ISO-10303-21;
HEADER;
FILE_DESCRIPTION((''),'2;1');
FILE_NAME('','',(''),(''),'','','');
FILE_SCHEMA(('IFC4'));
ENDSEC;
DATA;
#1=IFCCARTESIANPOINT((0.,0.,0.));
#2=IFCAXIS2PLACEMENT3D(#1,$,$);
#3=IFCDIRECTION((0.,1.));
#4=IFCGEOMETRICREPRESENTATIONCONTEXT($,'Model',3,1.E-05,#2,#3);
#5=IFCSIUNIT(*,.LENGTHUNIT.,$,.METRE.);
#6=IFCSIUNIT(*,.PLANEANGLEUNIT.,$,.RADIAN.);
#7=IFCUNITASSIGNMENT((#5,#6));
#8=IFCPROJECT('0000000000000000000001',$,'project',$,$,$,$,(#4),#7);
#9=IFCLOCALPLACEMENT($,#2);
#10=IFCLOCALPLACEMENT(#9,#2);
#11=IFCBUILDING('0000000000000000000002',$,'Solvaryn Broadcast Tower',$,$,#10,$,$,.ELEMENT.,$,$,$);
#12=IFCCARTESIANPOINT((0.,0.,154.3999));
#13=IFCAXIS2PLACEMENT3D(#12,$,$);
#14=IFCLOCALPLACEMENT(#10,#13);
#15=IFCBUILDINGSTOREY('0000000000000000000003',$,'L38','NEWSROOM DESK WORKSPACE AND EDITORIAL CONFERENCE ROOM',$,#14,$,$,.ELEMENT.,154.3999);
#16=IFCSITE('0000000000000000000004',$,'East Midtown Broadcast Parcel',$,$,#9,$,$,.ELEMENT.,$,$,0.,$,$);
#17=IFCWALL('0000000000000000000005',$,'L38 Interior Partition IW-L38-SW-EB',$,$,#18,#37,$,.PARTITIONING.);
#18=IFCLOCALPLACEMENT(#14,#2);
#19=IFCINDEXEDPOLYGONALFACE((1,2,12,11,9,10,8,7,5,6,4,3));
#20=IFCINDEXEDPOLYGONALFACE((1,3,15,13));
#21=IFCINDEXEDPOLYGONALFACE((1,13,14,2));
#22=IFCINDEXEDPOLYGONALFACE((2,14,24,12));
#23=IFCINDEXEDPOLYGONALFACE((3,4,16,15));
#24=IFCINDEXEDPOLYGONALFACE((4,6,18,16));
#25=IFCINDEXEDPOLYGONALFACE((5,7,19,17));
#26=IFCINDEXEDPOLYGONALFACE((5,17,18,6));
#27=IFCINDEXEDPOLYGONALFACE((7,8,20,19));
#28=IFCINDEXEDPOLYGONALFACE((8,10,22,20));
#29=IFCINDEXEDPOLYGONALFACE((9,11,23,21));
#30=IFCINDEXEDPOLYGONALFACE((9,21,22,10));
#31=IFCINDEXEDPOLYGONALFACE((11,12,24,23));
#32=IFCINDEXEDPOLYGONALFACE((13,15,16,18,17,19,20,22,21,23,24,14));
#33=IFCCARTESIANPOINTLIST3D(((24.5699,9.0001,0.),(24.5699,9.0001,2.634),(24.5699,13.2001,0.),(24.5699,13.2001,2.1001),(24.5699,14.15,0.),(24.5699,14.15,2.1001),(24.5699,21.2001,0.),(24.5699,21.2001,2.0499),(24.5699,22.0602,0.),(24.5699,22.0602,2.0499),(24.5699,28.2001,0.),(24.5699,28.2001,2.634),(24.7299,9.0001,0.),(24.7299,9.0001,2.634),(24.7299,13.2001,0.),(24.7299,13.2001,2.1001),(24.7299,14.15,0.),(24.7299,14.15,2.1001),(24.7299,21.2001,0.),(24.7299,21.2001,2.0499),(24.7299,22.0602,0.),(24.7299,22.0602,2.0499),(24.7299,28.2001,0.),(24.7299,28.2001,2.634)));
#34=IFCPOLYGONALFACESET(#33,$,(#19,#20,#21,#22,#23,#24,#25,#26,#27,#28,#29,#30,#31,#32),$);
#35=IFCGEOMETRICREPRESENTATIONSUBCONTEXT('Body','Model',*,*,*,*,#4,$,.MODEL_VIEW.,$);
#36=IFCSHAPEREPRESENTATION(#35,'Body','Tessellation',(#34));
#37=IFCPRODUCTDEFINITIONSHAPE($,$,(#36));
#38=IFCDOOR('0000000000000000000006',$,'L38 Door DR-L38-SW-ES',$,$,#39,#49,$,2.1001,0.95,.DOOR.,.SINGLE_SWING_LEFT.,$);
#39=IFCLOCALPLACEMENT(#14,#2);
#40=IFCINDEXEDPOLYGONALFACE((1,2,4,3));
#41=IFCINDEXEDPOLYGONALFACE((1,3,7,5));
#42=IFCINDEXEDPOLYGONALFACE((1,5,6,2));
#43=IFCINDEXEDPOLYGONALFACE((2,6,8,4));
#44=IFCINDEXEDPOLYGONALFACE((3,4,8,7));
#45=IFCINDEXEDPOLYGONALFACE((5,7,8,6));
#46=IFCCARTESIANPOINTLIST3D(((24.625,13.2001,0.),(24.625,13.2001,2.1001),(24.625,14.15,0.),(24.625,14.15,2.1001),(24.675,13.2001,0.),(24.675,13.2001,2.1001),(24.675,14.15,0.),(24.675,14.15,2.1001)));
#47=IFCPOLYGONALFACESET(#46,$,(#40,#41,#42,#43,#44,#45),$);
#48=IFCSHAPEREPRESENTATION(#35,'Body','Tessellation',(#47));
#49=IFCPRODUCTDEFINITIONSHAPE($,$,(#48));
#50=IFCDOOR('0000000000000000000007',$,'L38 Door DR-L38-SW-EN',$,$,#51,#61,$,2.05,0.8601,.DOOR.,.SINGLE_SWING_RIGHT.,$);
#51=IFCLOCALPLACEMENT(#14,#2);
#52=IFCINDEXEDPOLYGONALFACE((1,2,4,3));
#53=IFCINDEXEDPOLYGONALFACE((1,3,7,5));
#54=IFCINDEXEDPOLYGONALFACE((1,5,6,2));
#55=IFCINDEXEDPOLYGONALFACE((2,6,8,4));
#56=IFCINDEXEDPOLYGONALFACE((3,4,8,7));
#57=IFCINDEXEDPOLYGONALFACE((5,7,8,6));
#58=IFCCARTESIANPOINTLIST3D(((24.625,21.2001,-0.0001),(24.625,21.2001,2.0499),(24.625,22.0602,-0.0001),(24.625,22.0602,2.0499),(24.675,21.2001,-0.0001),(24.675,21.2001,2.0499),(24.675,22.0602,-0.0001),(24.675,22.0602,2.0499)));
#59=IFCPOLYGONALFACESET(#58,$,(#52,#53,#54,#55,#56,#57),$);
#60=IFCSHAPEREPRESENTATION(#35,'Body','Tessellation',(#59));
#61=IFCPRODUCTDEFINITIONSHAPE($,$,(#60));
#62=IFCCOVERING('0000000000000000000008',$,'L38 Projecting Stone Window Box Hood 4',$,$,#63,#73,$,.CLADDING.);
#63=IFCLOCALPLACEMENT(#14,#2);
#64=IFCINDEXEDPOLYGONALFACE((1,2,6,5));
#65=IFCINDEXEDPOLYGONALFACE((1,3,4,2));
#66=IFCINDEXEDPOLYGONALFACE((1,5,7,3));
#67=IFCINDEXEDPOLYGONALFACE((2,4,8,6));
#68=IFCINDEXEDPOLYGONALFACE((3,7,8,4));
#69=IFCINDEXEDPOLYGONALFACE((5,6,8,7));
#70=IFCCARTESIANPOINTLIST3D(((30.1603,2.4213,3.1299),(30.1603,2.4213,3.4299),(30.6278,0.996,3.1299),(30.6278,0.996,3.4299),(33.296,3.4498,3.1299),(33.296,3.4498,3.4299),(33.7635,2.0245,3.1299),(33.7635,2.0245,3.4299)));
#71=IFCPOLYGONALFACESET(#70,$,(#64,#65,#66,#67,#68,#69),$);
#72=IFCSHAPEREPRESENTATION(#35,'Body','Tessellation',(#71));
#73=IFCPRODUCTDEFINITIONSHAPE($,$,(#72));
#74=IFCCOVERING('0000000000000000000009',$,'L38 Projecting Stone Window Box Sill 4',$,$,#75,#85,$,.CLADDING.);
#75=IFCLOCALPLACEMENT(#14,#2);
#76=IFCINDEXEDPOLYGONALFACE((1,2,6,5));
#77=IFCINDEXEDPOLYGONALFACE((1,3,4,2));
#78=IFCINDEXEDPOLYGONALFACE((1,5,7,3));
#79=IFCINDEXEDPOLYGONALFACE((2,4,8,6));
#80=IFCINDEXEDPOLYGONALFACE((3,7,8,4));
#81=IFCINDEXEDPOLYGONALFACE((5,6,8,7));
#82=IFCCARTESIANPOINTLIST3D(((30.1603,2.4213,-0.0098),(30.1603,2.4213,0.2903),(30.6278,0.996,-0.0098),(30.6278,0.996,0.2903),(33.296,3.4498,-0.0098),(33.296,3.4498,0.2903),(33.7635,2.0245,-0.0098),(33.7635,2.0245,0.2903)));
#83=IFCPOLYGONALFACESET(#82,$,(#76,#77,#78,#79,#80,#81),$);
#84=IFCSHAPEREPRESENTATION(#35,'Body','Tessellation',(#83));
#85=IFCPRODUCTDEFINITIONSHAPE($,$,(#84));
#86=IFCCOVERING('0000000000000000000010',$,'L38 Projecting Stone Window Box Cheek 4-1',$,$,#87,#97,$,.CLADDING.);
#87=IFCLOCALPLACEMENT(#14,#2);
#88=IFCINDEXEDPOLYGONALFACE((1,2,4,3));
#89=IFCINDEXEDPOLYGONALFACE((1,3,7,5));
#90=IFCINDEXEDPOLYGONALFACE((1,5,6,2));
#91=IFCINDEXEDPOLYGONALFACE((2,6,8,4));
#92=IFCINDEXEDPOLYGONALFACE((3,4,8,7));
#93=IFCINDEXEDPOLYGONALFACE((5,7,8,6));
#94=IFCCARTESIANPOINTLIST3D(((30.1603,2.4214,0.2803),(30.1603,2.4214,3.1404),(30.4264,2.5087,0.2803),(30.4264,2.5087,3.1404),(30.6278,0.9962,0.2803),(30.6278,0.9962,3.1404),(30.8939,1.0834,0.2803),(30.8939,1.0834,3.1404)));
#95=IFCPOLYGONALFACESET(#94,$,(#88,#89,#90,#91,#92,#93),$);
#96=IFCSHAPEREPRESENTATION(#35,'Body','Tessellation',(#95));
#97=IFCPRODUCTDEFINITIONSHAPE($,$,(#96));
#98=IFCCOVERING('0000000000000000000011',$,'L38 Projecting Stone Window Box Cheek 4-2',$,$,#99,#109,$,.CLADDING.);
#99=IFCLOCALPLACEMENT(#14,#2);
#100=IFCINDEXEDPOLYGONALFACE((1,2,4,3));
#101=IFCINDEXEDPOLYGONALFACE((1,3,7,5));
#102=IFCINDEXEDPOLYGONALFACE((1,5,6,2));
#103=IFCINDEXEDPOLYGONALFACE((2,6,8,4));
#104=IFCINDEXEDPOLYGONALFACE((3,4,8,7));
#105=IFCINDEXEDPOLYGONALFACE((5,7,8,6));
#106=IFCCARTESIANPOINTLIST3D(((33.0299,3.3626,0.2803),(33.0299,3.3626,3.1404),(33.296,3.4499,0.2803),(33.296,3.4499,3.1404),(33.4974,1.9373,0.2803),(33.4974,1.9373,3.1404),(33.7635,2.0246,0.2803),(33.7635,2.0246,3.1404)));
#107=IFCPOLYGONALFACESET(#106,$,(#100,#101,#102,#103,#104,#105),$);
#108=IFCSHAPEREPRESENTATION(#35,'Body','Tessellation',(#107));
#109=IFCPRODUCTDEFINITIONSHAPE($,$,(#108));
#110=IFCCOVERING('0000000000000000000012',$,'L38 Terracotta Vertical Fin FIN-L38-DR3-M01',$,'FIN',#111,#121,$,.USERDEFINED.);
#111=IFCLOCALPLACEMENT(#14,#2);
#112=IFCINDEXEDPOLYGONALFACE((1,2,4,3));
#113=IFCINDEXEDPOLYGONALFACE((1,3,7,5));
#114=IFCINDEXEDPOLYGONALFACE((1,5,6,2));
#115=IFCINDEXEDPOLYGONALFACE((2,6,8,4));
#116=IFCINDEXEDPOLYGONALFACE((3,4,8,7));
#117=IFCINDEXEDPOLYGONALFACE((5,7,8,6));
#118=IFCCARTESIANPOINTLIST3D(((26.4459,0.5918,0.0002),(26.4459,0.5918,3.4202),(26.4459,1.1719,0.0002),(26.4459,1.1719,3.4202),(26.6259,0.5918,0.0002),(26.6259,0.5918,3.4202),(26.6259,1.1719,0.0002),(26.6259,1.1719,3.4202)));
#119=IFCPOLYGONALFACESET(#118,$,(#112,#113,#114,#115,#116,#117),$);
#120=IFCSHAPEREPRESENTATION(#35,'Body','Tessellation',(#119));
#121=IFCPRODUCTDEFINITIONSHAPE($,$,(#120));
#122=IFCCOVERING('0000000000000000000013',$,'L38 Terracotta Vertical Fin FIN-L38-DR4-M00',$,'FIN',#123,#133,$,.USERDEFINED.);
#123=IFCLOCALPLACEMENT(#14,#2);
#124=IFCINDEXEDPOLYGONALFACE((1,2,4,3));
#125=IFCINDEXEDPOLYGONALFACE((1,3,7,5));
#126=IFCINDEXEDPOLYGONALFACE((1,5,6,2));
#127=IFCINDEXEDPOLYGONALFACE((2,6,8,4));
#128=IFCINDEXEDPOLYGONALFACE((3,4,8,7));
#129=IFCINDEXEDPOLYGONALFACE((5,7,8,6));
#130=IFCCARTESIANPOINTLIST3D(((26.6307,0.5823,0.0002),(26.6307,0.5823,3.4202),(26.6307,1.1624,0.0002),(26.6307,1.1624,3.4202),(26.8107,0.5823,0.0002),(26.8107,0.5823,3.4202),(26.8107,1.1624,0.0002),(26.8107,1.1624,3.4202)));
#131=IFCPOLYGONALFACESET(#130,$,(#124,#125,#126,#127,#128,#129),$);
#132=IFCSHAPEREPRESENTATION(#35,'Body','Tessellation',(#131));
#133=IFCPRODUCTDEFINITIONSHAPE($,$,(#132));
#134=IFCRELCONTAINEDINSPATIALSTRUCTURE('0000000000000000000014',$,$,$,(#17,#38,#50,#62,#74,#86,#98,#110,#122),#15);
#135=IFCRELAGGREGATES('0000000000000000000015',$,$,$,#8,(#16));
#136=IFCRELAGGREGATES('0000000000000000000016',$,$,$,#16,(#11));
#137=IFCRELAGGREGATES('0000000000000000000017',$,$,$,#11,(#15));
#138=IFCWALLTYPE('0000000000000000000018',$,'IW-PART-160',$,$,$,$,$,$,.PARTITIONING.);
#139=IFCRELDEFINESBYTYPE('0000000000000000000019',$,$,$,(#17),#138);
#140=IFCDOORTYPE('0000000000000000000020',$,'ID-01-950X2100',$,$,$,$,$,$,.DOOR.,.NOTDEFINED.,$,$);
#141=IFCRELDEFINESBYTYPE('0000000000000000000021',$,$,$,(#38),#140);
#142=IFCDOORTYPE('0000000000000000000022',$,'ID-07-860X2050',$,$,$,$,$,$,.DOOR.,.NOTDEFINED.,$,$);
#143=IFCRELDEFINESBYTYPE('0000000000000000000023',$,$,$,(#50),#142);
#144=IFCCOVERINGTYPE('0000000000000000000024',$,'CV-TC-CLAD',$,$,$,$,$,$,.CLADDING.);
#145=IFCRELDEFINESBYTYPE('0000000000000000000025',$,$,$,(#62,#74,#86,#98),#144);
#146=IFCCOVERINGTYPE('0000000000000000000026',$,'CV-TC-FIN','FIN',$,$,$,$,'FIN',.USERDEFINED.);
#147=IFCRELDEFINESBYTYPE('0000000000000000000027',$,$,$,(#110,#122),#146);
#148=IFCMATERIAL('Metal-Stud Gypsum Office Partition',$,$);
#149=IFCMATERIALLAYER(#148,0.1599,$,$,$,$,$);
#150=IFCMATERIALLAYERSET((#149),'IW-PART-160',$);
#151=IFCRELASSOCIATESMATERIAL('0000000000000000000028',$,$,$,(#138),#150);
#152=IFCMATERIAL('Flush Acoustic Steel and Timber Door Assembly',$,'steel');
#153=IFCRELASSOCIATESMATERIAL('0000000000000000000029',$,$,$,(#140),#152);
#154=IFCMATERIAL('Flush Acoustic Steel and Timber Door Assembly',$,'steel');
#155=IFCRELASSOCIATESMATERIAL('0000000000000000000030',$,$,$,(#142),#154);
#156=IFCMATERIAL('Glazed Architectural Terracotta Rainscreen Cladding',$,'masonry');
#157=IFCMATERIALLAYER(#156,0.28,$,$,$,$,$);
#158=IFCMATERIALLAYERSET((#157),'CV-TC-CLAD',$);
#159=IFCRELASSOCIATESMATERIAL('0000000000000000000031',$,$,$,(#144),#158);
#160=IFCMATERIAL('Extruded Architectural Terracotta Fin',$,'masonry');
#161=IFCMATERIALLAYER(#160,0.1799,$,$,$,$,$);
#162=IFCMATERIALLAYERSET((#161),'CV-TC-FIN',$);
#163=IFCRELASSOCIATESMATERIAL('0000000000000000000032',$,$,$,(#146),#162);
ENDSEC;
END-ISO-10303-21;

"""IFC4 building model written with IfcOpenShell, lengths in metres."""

from ifc_helpers import new_model, si_unit, direction, frame, frame_2d, origin, origin_2d, place, context, subcontext, project, spatial, rectangle, extrude, material, layer, layer_set, type_object, element, fill, save


model = new_model("IFC4")

# Units and contexts
model_context = context("Model", 3, precision=1e-05, world=origin(), true_north=direction((0.0, 1.0)))
body_context = subcontext(model_context, "Body", "Model", "MODEL_VIEW")
ifc_project = project(units=[si_unit("LENGTHUNIT", "METRE"), si_unit("PLANEANGLEUNIT", "RADIAN")], contexts=[model_context])

# Site, building, storey
site_placement = place(None, origin())
site = spatial("IfcSite", under=ifc_project, at=site_placement, Name="East Midtown Broadcast Parcel", CompositionType="ELEMENT", RefElevation=0.0)
building_placement = place(site_placement, origin())
building = spatial("IfcBuilding", under=site, at=building_placement, Name="Solvaryn Broadcast Tower", CompositionType="ELEMENT")
storey_placement = place(building_placement, frame((0.0, 0.0, 154.3999)))
storey = spatial("IfcBuildingStorey", under=building, at=storey_placement, Name="L38", Description="NEWSROOM DESK WORKSPACE AND EDITORIAL CONFERENCE ROOM", CompositionType="ELEMENT", Elevation=154.3999)

# Wall, openings, doors
ifc_material_1 = material(Name="Metal-Stud Gypsum Office Partition")
ifc_layer_1 = layer(ifc_material_1, 0.1599)
ifc_layer_set_1 = layer_set([ifc_layer_1], Name="IW-PART-160")
wall_type_1 = type_object("IfcWallType", Name="IW-PART-160", PredefinedType="PARTITIONING", material=ifc_layer_set_1)
wall_1_placement = place(storey_placement, frame((24.6499, 9.0, 0.0), z_axis=(0.0, 0.0, 1.0), x_axis=(0.0, 1.0, 0.0)))
wall_1 = element("IfcWall", 1, at=wall_1_placement, inside=storey, type_object=wall_type_1, Name="L38 Interior Partition IW-L38-SW-EB", PredefinedType="PARTITIONING", context=body_context, shape_type="SweptSolid", body=[
    extrude(rectangle(XDim=19.2, YDim=0.1599, at=frame_2d((9.6001, 0.0))), origin(), (0.0, 0.0, 1.0), 2.634),
])
opening_1_placement = place(wall_1_placement, frame((12.2, 0.0, 0.0)))
opening_1 = element("IfcOpeningElement", 2, at=opening_1_placement, cuts=wall_1, PredefinedType="OPENING", context=body_context, shape_type="SweptSolid", body=[
    extrude(rectangle(XDim=0.8601, YDim=2.05, at=frame_2d((0.4302, 1.0249))), frame((0.0, 0.0901, 0.0), z_axis=(0.0, -1.0, 0.0), x_axis=(1.0, 0.0, 0.0)), (0.0, 0.0, 1.0), 0.1799),
])
opening_2_placement = place(wall_1_placement, frame((4.2, 0.0, 0.0)))
opening_2 = element("IfcOpeningElement", 3, at=opening_2_placement, cuts=wall_1, PredefinedType="OPENING", context=body_context, shape_type="SweptSolid", body=[
    extrude(rectangle(XDim=0.95, YDim=2.1001, at=frame_2d((0.4751, 1.05))), frame((0.0, 0.0901, 0.0), z_axis=(0.0, -1.0, 0.0), x_axis=(1.0, 0.0, 0.0)), (0.0, 0.0, 1.0), 0.1799),
])
ifc_material_2 = material(Name="Flush Acoustic Steel and Timber Door Assembly", Category="steel")
door_type_1 = type_object("IfcDoorType", Name="ID-01-950X2100", OperationType="NOTDEFINED", PredefinedType="DOOR", material=ifc_material_2)
door_1_placement = place(opening_2_placement, origin())
door_1 = element("IfcDoor", 4, at=door_1_placement, inside=storey, type_object=door_type_1, Name="L38 Door DR-L38-SW-ES", OperationType="SINGLE_SWING_LEFT", OverallHeight=2.1001, OverallWidth=0.95, PredefinedType="DOOR", context=body_context, shape_type="SweptSolid", body=[
    extrude(rectangle(XDim=0.95, YDim=2.1001, at=frame_2d((0.4751, 1.05))), frame((0.0, 0.0249, 0.0), z_axis=(0.0, -1.0, 0.0), x_axis=(1.0, 0.0, 0.0)), (0.0, 0.0, 1.0), 0.05),
])
fill(opening_2, door_1)
ifc_material_3 = material(Name="Flush Acoustic Steel and Timber Door Assembly", Category="steel")
door_type_2 = type_object("IfcDoorType", Name="ID-07-860X2050", OperationType="NOTDEFINED", PredefinedType="DOOR", material=ifc_material_3)
door_2_placement = place(opening_1_placement, origin())
door_2 = element("IfcDoor", 5, at=door_2_placement, inside=storey, type_object=door_type_2, Name="L38 Door DR-L38-SW-EN", OperationType="SINGLE_SWING_RIGHT", OverallHeight=2.05, OverallWidth=0.8601, PredefinedType="DOOR", context=body_context, shape_type="SweptSolid", body=[
    extrude(rectangle(XDim=0.8601, YDim=2.05, at=frame_2d((0.4302, 1.0249))), frame((0.0, 0.0249, 0.0), z_axis=(0.0, -1.0, 0.0), x_axis=(1.0, 0.0, 0.0)), (0.0, 0.0, 1.0), 0.05),
])
fill(opening_1, door_2)

# Coverings
ifc_material_4 = material(Name="Glazed Architectural Terracotta Rainscreen Cladding", Category="masonry")
ifc_layer_2 = layer(ifc_material_4, 0.28)
ifc_layer_set_2 = layer_set([ifc_layer_2], Name="CV-TC-CLAD")
covering_type_1 = type_object("IfcCoveringType", Name="CV-TC-CLAD", PredefinedType="CLADDING", material=ifc_layer_set_2)
for number, where, z_axis, x_axis, name in (
    (6, (31.9619, 2.2229, 3.1299), (0.0, 0.0, 1.0), (0.95019, 0.311672, 0.0), "L38 Projecting Stone Window Box Hood 4"),
    (7, (31.9619, 2.2229, -0.0098), (0.0, 0.0, 1.0), (0.95019, 0.311672, 0.0), "L38 Projecting Stone Window Box Sill 4"),
):
    element("IfcCovering", number, at=place(storey_placement, frame(where, z_axis=z_axis, x_axis=x_axis)), inside=storey, type_object=covering_type_1, Name=name, PredefinedType="CLADDING", context=body_context, shape_type="SweptSolid", body=[
        extrude(rectangle(XDim=3.3, YDim=1.5, at=origin_2d()), origin(), (0.0, 0.0, 1.0), 0.3),
    ])
for number, where, z_axis, x_axis, name in (
    (8, (30.5271, 1.7524, 0.2803), (0.0, 0.0, 1.0), (0.95019, 0.311672, 0.0), "L38 Projecting Stone Window Box Cheek 4-1"),
    (9, (33.3967, 2.6936, 0.2803), (0.0, 0.0, 1.0), (0.95019, 0.311672, 0.0), "L38 Projecting Stone Window Box Cheek 4-2"),
):
    element("IfcCovering", number, at=place(storey_placement, frame(where, z_axis=z_axis, x_axis=x_axis)), inside=storey, type_object=covering_type_1, Name=name, PredefinedType="CLADDING", context=body_context, shape_type="SweptSolid", body=[
        extrude(rectangle(XDim=0.28, YDim=1.5, at=origin_2d()), origin(), (0.0, 0.0, 1.0), 2.8601),
    ])
ifc_material_5 = material(Name="Extruded Architectural Terracotta Fin", Category="masonry")
ifc_layer_3 = layer(ifc_material_5, 0.1799)
ifc_layer_set_3 = layer_set([ifc_layer_3], Name="CV-TC-FIN")
covering_type_2 = type_object("IfcCoveringType", Name="CV-TC-FIN", Description="FIN", ElementType="FIN", PredefinedType="USERDEFINED", material=ifc_layer_set_3)
for number, where, z_axis, x_axis, name in (
    (10, (26.5359, 0.8818, 0.0002), (0.0, 0.0, 1.0), (1.0, 0.0, 0.0), "L38 Terracotta Vertical Fin FIN-L38-DR3-M01"),
    (11, (26.7207, 0.8723, 0.0002), (0.0, 0.0, 1.0), (1.0, 0.0, 0.0), "L38 Terracotta Vertical Fin FIN-L38-DR4-M00"),
):
    element("IfcCovering", number, at=place(storey_placement, frame(where, z_axis=z_axis, x_axis=x_axis)), inside=storey, type_object=covering_type_2, Name=name, ObjectType="FIN", PredefinedType="USERDEFINED", context=body_context, shape_type="SweptSolid", body=[
        extrude(rectangle(XDim=0.1799, YDim=0.5801, at=origin_2d()), origin(), (0.0, 0.0, 1.0), 3.4199),
    ])

save(model, "model.ifc")
